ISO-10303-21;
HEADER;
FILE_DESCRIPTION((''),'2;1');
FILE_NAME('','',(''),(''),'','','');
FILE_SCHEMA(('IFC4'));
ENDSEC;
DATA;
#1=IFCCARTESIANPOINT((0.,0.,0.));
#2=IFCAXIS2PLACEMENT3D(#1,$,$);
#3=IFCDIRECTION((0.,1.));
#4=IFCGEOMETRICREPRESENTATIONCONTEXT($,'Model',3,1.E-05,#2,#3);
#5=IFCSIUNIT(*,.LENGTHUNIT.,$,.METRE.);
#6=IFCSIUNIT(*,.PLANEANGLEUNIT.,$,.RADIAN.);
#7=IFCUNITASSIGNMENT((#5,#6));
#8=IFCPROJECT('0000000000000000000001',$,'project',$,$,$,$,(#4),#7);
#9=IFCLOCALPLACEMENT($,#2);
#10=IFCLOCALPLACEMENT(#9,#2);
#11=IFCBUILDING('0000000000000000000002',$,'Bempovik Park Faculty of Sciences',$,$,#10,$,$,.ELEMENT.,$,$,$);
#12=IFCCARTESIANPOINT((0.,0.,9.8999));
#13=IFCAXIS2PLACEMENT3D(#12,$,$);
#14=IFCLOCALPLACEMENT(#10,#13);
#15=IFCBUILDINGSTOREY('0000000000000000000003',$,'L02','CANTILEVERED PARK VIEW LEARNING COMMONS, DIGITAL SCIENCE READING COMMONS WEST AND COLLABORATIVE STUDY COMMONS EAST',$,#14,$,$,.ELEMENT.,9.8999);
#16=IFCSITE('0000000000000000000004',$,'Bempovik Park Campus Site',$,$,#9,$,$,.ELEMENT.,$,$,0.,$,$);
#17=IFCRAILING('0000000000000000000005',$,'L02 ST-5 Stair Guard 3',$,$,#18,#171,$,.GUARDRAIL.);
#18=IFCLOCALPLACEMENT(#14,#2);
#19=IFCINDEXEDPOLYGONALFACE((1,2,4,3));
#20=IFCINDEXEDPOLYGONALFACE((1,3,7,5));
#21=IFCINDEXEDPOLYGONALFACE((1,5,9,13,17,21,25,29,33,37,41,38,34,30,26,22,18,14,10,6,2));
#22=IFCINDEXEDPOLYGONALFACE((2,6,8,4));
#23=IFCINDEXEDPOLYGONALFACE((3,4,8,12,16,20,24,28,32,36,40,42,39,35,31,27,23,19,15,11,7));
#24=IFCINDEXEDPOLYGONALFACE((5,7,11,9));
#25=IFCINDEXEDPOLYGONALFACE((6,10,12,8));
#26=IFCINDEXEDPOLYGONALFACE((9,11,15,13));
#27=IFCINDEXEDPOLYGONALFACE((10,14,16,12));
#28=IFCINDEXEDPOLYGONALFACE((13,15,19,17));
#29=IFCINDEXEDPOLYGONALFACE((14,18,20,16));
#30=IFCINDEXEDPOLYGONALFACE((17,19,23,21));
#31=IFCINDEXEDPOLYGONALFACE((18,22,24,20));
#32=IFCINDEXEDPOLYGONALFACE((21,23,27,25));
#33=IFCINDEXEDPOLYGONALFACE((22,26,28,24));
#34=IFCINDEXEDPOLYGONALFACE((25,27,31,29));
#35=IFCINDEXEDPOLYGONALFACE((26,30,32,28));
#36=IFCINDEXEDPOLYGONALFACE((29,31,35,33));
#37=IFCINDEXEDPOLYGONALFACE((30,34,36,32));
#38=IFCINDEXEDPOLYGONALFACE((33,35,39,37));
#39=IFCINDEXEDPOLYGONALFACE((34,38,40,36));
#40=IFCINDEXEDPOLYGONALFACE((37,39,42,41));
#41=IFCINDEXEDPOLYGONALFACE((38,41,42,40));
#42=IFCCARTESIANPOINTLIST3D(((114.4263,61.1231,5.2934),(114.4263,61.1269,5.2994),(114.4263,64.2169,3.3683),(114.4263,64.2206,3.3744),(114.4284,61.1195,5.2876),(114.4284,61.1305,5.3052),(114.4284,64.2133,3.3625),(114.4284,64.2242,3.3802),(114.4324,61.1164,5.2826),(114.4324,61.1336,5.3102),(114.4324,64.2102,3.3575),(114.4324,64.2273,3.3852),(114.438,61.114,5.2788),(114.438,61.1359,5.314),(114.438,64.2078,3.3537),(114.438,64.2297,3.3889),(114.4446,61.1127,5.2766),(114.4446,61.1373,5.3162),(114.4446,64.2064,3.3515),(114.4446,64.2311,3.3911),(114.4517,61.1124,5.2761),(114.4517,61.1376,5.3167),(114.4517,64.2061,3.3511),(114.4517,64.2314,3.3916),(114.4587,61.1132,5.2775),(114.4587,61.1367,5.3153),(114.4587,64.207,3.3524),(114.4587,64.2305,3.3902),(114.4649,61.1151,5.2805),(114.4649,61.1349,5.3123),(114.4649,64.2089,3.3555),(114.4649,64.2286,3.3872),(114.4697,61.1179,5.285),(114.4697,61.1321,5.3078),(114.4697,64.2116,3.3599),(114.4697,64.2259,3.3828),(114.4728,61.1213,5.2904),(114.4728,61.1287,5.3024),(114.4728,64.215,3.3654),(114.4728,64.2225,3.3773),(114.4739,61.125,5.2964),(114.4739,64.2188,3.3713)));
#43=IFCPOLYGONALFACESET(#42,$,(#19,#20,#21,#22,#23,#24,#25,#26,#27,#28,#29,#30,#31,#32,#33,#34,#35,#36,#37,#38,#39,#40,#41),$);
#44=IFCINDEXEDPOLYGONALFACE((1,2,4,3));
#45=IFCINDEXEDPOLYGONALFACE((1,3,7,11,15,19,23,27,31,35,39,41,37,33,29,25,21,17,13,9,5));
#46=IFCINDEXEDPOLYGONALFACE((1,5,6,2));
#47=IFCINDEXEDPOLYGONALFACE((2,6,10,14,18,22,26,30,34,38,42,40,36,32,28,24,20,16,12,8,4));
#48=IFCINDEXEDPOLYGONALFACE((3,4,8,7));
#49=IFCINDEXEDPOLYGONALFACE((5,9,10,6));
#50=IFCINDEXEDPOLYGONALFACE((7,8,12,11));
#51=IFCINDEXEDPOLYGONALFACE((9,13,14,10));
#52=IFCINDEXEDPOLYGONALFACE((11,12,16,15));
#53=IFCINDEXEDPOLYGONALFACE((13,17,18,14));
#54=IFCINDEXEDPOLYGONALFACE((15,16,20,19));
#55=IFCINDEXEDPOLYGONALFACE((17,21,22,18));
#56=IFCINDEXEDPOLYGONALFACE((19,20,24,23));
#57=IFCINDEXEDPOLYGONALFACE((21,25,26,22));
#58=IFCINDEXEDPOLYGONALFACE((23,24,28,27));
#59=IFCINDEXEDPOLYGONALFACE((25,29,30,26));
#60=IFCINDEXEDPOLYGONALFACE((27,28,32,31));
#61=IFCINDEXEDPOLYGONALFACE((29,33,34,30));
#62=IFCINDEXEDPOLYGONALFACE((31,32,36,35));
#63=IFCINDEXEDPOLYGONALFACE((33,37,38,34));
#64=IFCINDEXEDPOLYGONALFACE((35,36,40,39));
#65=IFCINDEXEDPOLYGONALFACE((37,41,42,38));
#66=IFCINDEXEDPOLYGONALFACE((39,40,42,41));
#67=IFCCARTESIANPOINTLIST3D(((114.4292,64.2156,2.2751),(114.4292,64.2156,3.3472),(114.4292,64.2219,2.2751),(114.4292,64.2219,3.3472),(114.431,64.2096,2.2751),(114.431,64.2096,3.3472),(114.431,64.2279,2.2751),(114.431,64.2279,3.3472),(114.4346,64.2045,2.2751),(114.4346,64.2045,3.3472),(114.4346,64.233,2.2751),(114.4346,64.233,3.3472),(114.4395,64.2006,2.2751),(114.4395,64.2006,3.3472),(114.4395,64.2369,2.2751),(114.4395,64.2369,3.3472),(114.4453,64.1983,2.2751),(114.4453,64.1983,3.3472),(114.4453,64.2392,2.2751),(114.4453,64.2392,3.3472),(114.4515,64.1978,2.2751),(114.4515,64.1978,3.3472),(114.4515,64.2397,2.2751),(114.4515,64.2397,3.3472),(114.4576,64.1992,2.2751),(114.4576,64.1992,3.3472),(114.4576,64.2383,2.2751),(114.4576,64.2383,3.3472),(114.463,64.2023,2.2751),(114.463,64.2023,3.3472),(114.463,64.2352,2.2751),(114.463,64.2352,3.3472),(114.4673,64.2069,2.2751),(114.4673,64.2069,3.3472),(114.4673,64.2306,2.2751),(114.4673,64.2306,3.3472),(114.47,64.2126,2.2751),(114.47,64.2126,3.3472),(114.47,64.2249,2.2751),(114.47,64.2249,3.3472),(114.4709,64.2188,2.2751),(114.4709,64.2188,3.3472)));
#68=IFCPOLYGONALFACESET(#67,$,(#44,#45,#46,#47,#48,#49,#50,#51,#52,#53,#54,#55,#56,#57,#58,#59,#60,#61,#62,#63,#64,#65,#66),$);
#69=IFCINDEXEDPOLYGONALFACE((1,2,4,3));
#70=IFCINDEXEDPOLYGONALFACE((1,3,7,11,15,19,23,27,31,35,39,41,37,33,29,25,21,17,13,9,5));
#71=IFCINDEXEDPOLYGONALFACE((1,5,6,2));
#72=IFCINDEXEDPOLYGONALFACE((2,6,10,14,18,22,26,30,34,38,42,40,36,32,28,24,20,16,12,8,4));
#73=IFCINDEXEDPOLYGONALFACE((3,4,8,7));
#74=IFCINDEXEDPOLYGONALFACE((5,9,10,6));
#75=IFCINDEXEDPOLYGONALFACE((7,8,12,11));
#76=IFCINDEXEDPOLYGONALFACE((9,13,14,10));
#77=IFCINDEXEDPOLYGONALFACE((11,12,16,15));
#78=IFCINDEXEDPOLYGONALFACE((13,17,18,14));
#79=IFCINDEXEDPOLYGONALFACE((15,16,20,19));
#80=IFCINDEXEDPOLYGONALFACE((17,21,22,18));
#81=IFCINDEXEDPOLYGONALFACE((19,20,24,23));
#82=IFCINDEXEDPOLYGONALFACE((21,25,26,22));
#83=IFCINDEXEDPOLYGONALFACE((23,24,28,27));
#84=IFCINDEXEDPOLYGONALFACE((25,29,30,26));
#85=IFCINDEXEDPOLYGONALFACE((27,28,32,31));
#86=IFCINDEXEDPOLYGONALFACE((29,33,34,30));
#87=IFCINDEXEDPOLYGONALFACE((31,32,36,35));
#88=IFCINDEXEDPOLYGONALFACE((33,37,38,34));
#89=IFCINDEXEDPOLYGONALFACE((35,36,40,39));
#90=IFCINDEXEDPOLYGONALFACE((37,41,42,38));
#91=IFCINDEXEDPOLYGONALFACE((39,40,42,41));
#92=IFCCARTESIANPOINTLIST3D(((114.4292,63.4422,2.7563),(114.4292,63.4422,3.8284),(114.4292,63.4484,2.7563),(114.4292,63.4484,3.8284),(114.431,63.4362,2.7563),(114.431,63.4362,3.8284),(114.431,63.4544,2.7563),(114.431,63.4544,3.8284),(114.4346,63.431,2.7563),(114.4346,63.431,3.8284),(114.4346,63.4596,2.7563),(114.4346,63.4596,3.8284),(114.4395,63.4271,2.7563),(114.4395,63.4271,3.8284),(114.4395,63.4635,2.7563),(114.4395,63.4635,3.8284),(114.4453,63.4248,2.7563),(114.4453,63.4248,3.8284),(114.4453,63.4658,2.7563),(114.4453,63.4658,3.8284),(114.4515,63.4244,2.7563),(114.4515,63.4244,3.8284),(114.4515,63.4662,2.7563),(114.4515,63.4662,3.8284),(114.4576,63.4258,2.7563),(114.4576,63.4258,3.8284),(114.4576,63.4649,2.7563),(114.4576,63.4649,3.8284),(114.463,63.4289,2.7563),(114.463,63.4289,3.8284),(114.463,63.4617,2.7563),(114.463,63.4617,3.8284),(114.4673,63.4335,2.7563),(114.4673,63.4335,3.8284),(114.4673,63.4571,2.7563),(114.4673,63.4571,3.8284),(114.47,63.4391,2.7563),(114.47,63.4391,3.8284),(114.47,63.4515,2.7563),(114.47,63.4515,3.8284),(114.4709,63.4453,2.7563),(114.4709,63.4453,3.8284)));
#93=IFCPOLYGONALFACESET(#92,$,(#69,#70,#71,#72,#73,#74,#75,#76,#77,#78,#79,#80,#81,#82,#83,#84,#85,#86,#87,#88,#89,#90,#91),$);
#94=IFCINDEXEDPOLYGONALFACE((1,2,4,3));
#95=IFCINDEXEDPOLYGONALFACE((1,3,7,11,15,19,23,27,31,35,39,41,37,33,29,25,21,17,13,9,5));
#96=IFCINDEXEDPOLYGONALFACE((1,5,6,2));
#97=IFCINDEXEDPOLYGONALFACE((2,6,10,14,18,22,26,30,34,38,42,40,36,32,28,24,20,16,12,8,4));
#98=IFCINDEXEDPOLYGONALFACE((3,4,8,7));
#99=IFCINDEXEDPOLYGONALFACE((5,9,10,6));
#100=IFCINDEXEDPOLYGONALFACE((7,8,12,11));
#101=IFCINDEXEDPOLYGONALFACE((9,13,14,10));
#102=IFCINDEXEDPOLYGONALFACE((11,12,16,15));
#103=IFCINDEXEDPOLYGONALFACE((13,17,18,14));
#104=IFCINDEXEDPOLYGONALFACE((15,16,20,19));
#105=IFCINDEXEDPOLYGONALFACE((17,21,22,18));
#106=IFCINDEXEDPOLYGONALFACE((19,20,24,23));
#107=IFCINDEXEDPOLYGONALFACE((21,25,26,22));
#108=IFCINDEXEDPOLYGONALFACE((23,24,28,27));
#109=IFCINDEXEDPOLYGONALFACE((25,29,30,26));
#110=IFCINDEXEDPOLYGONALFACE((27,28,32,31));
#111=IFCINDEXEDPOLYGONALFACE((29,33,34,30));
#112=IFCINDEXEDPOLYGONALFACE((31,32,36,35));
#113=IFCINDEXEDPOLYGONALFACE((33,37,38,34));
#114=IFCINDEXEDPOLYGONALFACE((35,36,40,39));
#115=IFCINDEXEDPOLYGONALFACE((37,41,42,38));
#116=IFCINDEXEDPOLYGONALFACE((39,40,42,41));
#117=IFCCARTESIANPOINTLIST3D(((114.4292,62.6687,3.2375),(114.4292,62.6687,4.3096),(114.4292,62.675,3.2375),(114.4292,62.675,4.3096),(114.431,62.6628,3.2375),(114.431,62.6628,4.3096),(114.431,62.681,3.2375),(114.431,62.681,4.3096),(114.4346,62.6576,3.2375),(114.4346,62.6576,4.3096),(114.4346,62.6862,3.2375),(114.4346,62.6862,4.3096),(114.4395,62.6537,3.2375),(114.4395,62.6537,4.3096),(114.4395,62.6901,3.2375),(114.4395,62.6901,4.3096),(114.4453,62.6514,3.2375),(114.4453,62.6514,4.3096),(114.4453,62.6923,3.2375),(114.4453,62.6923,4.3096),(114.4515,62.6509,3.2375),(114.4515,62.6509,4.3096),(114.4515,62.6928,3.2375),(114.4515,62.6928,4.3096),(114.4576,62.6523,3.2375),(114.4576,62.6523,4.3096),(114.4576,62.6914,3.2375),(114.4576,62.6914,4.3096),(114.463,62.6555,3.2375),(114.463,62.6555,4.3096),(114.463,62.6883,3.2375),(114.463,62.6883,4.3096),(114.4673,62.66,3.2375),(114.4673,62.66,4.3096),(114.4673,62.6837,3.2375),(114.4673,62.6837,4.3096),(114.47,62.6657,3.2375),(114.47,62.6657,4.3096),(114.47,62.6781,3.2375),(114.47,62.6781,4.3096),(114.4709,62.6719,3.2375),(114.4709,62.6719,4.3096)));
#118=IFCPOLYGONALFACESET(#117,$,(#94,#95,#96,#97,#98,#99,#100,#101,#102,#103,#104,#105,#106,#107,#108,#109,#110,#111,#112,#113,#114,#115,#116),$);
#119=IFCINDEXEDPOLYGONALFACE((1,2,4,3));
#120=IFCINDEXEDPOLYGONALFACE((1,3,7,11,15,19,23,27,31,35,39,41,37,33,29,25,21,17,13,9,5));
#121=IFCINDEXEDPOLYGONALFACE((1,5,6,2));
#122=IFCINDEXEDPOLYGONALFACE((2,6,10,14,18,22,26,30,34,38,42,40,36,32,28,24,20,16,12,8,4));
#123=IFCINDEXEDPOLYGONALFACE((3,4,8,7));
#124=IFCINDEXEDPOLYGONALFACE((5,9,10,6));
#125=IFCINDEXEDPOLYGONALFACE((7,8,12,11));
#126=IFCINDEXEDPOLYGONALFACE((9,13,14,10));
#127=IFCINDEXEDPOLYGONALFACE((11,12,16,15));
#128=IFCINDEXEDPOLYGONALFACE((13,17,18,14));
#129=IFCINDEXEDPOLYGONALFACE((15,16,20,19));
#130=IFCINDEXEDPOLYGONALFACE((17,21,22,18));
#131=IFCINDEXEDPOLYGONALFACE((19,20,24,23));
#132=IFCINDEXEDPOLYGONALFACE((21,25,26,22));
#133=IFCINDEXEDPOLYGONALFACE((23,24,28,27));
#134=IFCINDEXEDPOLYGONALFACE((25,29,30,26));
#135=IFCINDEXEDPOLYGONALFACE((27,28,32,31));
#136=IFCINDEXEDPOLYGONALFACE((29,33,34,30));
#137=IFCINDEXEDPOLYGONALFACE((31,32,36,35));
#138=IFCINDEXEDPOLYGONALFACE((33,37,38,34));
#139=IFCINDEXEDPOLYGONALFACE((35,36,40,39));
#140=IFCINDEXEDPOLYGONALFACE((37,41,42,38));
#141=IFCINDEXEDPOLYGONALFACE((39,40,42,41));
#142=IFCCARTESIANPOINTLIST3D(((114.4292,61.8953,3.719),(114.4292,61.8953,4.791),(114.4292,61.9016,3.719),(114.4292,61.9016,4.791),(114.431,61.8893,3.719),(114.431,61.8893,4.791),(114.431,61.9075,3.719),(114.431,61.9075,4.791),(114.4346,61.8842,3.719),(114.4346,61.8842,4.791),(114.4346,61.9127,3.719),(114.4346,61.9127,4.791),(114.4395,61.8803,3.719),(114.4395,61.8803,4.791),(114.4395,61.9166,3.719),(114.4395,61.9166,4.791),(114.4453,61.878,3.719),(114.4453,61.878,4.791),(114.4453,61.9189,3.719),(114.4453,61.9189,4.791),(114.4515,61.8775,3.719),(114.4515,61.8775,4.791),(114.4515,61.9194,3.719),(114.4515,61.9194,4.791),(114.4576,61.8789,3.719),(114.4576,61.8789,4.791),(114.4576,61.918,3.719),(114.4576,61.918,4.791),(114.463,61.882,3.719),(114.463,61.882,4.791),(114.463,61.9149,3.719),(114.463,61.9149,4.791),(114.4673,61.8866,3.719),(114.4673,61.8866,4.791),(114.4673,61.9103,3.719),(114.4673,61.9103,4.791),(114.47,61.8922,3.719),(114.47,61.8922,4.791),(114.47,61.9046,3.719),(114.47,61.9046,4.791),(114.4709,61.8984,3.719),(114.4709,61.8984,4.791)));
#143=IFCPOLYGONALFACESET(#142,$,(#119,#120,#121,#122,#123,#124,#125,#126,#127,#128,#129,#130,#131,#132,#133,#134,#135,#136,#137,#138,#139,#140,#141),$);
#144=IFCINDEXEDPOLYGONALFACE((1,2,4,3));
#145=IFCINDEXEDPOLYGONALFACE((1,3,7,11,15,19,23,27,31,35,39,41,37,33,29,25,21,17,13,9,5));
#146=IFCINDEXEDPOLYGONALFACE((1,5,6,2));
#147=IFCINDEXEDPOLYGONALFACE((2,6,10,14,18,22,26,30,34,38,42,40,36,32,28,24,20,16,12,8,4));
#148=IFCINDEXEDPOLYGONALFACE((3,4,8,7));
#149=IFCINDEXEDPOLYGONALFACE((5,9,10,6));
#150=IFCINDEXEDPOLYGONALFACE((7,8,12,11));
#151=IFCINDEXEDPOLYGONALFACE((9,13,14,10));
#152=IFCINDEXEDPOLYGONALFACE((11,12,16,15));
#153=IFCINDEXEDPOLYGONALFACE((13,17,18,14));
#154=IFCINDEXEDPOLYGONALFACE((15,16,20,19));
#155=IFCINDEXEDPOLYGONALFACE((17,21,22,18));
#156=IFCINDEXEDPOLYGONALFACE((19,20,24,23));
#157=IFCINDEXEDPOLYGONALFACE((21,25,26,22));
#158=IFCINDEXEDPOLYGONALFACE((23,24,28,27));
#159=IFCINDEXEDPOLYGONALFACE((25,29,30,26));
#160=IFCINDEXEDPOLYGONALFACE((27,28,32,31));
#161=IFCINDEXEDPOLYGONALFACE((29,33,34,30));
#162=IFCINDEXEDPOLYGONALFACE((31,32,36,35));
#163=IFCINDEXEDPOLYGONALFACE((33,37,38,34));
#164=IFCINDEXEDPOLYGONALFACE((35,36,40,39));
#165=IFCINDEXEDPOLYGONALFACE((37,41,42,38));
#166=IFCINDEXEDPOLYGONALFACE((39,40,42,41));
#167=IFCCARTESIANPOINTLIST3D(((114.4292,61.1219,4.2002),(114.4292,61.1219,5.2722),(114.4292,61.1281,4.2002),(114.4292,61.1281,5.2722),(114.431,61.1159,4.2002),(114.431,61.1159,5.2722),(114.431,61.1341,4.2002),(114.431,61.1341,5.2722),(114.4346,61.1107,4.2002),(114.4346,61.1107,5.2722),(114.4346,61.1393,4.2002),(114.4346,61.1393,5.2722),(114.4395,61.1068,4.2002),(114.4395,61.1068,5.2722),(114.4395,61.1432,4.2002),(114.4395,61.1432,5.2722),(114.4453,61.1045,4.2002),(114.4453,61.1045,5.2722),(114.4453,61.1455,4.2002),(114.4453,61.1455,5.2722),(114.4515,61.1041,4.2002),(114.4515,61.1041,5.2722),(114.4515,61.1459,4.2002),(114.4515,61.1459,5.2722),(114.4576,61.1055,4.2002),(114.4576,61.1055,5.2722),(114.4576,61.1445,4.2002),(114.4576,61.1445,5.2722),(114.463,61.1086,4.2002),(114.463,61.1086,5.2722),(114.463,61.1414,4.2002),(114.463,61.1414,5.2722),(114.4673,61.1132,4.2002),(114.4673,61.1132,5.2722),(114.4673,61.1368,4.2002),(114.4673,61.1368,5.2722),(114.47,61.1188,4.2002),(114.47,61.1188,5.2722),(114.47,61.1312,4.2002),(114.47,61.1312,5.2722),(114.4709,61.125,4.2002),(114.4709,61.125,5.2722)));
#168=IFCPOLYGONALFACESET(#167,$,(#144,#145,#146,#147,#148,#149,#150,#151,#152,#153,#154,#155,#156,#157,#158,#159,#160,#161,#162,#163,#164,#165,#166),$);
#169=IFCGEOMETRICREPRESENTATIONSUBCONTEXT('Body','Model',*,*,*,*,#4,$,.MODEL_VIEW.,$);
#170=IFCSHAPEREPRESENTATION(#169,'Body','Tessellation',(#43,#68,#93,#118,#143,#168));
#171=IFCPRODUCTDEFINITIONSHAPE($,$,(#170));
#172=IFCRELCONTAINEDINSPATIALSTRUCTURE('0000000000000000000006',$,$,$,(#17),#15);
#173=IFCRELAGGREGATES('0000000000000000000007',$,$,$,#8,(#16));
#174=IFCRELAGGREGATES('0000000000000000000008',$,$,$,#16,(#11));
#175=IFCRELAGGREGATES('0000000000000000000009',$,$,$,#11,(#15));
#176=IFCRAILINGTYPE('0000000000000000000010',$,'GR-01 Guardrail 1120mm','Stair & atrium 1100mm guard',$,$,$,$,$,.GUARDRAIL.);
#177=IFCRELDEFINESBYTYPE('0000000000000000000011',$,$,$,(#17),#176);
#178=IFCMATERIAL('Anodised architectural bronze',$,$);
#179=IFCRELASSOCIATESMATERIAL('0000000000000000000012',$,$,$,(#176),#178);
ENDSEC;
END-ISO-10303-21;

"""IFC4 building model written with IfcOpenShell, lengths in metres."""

from ifc_helpers import new_model, si_unit, direction, frame, origin, origin_2d, place, context, subcontext, project, spatial, circle, extrude, material, type_object, element, save


model = new_model("IFC4")

# Units and contexts
model_context = context("Model", 3, precision=1e-05, world=origin(), true_north=direction((0.0, 1.0)))
body_context = subcontext(model_context, "Body", "Model", "MODEL_VIEW")
ifc_project = project(units=[si_unit("LENGTHUNIT", "METRE"), si_unit("PLANEANGLEUNIT", "RADIAN")], contexts=[model_context])

# Site, building, storey
site_placement = place(None, origin())
site = spatial("IfcSite", under=ifc_project, at=site_placement, Name="Bempovik Park Campus Site", CompositionType="ELEMENT", RefElevation=0.0)
building_placement = place(site_placement, origin())
building = spatial("IfcBuilding", under=site, at=building_placement, Name="Bempovik Park Faculty of Sciences", CompositionType="ELEMENT")
storey_placement = place(building_placement, frame((0.0, 0.0, 9.8999)))
storey = spatial("IfcBuildingStorey", under=building, at=storey_placement, Name="L02", Description="CANTILEVERED PARK VIEW LEARNING COMMONS, DIGITAL SCIENCE READING COMMONS WEST AND COLLABORATIVE STUDY COMMONS EAST", CompositionType="ELEMENT", Elevation=9.8999)

# Railing
ifc_material_1 = material(Name="Anodised architectural bronze")
railing_type_1 = type_object("IfcRailingType", Name="GR-01 Guardrail 1120mm", Description="Stair & atrium 1100mm guard", PredefinedType="GUARDRAIL", material=ifc_material_1)
railing_1_placement = place(storey_placement, frame((114.45, 64.2188, 2.2751)))
element("IfcRailing", 1, at=railing_1_placement, inside=storey, type_object=railing_type_1, Name="L02 ST-5 Stair Guard 3", PredefinedType="GUARDRAIL", context=body_context, shape_type="SweptSolid", body=[
    extrude(circle(Radius=0.0239, at=origin_2d()), frame((0.0, 0.0, 1.0962), z_axis=(0.0, -0.849051, 0.528312), x_axis=(1.0, 0.0, 0.0)), (0.0, 0.0, 1.0), 3.6438),
    extrude(circle(Radius=0.021, at=origin_2d()), origin(), (0.0, 0.0, 1.0), 1.072),
    extrude(circle(Radius=0.021, at=origin_2d()), frame((0.0, -0.7734, 0.4812)), (0.0, 0.0, 1.0), 1.072),
    extrude(circle(Radius=0.021, at=origin_2d()), frame((0.0, -1.5469, 0.9624)), (0.0, 0.0, 1.0), 1.072),
    extrude(circle(Radius=0.021, at=origin_2d()), frame((0.0, -2.3203, 1.4438)), (0.0, 0.0, 1.0), 1.072),
    extrude(circle(Radius=0.021, at=origin_2d()), frame((0.0, -3.0938, 1.925)), (0.0, 0.0, 1.0), 1.072),
])

save(model, "model.ifc")
